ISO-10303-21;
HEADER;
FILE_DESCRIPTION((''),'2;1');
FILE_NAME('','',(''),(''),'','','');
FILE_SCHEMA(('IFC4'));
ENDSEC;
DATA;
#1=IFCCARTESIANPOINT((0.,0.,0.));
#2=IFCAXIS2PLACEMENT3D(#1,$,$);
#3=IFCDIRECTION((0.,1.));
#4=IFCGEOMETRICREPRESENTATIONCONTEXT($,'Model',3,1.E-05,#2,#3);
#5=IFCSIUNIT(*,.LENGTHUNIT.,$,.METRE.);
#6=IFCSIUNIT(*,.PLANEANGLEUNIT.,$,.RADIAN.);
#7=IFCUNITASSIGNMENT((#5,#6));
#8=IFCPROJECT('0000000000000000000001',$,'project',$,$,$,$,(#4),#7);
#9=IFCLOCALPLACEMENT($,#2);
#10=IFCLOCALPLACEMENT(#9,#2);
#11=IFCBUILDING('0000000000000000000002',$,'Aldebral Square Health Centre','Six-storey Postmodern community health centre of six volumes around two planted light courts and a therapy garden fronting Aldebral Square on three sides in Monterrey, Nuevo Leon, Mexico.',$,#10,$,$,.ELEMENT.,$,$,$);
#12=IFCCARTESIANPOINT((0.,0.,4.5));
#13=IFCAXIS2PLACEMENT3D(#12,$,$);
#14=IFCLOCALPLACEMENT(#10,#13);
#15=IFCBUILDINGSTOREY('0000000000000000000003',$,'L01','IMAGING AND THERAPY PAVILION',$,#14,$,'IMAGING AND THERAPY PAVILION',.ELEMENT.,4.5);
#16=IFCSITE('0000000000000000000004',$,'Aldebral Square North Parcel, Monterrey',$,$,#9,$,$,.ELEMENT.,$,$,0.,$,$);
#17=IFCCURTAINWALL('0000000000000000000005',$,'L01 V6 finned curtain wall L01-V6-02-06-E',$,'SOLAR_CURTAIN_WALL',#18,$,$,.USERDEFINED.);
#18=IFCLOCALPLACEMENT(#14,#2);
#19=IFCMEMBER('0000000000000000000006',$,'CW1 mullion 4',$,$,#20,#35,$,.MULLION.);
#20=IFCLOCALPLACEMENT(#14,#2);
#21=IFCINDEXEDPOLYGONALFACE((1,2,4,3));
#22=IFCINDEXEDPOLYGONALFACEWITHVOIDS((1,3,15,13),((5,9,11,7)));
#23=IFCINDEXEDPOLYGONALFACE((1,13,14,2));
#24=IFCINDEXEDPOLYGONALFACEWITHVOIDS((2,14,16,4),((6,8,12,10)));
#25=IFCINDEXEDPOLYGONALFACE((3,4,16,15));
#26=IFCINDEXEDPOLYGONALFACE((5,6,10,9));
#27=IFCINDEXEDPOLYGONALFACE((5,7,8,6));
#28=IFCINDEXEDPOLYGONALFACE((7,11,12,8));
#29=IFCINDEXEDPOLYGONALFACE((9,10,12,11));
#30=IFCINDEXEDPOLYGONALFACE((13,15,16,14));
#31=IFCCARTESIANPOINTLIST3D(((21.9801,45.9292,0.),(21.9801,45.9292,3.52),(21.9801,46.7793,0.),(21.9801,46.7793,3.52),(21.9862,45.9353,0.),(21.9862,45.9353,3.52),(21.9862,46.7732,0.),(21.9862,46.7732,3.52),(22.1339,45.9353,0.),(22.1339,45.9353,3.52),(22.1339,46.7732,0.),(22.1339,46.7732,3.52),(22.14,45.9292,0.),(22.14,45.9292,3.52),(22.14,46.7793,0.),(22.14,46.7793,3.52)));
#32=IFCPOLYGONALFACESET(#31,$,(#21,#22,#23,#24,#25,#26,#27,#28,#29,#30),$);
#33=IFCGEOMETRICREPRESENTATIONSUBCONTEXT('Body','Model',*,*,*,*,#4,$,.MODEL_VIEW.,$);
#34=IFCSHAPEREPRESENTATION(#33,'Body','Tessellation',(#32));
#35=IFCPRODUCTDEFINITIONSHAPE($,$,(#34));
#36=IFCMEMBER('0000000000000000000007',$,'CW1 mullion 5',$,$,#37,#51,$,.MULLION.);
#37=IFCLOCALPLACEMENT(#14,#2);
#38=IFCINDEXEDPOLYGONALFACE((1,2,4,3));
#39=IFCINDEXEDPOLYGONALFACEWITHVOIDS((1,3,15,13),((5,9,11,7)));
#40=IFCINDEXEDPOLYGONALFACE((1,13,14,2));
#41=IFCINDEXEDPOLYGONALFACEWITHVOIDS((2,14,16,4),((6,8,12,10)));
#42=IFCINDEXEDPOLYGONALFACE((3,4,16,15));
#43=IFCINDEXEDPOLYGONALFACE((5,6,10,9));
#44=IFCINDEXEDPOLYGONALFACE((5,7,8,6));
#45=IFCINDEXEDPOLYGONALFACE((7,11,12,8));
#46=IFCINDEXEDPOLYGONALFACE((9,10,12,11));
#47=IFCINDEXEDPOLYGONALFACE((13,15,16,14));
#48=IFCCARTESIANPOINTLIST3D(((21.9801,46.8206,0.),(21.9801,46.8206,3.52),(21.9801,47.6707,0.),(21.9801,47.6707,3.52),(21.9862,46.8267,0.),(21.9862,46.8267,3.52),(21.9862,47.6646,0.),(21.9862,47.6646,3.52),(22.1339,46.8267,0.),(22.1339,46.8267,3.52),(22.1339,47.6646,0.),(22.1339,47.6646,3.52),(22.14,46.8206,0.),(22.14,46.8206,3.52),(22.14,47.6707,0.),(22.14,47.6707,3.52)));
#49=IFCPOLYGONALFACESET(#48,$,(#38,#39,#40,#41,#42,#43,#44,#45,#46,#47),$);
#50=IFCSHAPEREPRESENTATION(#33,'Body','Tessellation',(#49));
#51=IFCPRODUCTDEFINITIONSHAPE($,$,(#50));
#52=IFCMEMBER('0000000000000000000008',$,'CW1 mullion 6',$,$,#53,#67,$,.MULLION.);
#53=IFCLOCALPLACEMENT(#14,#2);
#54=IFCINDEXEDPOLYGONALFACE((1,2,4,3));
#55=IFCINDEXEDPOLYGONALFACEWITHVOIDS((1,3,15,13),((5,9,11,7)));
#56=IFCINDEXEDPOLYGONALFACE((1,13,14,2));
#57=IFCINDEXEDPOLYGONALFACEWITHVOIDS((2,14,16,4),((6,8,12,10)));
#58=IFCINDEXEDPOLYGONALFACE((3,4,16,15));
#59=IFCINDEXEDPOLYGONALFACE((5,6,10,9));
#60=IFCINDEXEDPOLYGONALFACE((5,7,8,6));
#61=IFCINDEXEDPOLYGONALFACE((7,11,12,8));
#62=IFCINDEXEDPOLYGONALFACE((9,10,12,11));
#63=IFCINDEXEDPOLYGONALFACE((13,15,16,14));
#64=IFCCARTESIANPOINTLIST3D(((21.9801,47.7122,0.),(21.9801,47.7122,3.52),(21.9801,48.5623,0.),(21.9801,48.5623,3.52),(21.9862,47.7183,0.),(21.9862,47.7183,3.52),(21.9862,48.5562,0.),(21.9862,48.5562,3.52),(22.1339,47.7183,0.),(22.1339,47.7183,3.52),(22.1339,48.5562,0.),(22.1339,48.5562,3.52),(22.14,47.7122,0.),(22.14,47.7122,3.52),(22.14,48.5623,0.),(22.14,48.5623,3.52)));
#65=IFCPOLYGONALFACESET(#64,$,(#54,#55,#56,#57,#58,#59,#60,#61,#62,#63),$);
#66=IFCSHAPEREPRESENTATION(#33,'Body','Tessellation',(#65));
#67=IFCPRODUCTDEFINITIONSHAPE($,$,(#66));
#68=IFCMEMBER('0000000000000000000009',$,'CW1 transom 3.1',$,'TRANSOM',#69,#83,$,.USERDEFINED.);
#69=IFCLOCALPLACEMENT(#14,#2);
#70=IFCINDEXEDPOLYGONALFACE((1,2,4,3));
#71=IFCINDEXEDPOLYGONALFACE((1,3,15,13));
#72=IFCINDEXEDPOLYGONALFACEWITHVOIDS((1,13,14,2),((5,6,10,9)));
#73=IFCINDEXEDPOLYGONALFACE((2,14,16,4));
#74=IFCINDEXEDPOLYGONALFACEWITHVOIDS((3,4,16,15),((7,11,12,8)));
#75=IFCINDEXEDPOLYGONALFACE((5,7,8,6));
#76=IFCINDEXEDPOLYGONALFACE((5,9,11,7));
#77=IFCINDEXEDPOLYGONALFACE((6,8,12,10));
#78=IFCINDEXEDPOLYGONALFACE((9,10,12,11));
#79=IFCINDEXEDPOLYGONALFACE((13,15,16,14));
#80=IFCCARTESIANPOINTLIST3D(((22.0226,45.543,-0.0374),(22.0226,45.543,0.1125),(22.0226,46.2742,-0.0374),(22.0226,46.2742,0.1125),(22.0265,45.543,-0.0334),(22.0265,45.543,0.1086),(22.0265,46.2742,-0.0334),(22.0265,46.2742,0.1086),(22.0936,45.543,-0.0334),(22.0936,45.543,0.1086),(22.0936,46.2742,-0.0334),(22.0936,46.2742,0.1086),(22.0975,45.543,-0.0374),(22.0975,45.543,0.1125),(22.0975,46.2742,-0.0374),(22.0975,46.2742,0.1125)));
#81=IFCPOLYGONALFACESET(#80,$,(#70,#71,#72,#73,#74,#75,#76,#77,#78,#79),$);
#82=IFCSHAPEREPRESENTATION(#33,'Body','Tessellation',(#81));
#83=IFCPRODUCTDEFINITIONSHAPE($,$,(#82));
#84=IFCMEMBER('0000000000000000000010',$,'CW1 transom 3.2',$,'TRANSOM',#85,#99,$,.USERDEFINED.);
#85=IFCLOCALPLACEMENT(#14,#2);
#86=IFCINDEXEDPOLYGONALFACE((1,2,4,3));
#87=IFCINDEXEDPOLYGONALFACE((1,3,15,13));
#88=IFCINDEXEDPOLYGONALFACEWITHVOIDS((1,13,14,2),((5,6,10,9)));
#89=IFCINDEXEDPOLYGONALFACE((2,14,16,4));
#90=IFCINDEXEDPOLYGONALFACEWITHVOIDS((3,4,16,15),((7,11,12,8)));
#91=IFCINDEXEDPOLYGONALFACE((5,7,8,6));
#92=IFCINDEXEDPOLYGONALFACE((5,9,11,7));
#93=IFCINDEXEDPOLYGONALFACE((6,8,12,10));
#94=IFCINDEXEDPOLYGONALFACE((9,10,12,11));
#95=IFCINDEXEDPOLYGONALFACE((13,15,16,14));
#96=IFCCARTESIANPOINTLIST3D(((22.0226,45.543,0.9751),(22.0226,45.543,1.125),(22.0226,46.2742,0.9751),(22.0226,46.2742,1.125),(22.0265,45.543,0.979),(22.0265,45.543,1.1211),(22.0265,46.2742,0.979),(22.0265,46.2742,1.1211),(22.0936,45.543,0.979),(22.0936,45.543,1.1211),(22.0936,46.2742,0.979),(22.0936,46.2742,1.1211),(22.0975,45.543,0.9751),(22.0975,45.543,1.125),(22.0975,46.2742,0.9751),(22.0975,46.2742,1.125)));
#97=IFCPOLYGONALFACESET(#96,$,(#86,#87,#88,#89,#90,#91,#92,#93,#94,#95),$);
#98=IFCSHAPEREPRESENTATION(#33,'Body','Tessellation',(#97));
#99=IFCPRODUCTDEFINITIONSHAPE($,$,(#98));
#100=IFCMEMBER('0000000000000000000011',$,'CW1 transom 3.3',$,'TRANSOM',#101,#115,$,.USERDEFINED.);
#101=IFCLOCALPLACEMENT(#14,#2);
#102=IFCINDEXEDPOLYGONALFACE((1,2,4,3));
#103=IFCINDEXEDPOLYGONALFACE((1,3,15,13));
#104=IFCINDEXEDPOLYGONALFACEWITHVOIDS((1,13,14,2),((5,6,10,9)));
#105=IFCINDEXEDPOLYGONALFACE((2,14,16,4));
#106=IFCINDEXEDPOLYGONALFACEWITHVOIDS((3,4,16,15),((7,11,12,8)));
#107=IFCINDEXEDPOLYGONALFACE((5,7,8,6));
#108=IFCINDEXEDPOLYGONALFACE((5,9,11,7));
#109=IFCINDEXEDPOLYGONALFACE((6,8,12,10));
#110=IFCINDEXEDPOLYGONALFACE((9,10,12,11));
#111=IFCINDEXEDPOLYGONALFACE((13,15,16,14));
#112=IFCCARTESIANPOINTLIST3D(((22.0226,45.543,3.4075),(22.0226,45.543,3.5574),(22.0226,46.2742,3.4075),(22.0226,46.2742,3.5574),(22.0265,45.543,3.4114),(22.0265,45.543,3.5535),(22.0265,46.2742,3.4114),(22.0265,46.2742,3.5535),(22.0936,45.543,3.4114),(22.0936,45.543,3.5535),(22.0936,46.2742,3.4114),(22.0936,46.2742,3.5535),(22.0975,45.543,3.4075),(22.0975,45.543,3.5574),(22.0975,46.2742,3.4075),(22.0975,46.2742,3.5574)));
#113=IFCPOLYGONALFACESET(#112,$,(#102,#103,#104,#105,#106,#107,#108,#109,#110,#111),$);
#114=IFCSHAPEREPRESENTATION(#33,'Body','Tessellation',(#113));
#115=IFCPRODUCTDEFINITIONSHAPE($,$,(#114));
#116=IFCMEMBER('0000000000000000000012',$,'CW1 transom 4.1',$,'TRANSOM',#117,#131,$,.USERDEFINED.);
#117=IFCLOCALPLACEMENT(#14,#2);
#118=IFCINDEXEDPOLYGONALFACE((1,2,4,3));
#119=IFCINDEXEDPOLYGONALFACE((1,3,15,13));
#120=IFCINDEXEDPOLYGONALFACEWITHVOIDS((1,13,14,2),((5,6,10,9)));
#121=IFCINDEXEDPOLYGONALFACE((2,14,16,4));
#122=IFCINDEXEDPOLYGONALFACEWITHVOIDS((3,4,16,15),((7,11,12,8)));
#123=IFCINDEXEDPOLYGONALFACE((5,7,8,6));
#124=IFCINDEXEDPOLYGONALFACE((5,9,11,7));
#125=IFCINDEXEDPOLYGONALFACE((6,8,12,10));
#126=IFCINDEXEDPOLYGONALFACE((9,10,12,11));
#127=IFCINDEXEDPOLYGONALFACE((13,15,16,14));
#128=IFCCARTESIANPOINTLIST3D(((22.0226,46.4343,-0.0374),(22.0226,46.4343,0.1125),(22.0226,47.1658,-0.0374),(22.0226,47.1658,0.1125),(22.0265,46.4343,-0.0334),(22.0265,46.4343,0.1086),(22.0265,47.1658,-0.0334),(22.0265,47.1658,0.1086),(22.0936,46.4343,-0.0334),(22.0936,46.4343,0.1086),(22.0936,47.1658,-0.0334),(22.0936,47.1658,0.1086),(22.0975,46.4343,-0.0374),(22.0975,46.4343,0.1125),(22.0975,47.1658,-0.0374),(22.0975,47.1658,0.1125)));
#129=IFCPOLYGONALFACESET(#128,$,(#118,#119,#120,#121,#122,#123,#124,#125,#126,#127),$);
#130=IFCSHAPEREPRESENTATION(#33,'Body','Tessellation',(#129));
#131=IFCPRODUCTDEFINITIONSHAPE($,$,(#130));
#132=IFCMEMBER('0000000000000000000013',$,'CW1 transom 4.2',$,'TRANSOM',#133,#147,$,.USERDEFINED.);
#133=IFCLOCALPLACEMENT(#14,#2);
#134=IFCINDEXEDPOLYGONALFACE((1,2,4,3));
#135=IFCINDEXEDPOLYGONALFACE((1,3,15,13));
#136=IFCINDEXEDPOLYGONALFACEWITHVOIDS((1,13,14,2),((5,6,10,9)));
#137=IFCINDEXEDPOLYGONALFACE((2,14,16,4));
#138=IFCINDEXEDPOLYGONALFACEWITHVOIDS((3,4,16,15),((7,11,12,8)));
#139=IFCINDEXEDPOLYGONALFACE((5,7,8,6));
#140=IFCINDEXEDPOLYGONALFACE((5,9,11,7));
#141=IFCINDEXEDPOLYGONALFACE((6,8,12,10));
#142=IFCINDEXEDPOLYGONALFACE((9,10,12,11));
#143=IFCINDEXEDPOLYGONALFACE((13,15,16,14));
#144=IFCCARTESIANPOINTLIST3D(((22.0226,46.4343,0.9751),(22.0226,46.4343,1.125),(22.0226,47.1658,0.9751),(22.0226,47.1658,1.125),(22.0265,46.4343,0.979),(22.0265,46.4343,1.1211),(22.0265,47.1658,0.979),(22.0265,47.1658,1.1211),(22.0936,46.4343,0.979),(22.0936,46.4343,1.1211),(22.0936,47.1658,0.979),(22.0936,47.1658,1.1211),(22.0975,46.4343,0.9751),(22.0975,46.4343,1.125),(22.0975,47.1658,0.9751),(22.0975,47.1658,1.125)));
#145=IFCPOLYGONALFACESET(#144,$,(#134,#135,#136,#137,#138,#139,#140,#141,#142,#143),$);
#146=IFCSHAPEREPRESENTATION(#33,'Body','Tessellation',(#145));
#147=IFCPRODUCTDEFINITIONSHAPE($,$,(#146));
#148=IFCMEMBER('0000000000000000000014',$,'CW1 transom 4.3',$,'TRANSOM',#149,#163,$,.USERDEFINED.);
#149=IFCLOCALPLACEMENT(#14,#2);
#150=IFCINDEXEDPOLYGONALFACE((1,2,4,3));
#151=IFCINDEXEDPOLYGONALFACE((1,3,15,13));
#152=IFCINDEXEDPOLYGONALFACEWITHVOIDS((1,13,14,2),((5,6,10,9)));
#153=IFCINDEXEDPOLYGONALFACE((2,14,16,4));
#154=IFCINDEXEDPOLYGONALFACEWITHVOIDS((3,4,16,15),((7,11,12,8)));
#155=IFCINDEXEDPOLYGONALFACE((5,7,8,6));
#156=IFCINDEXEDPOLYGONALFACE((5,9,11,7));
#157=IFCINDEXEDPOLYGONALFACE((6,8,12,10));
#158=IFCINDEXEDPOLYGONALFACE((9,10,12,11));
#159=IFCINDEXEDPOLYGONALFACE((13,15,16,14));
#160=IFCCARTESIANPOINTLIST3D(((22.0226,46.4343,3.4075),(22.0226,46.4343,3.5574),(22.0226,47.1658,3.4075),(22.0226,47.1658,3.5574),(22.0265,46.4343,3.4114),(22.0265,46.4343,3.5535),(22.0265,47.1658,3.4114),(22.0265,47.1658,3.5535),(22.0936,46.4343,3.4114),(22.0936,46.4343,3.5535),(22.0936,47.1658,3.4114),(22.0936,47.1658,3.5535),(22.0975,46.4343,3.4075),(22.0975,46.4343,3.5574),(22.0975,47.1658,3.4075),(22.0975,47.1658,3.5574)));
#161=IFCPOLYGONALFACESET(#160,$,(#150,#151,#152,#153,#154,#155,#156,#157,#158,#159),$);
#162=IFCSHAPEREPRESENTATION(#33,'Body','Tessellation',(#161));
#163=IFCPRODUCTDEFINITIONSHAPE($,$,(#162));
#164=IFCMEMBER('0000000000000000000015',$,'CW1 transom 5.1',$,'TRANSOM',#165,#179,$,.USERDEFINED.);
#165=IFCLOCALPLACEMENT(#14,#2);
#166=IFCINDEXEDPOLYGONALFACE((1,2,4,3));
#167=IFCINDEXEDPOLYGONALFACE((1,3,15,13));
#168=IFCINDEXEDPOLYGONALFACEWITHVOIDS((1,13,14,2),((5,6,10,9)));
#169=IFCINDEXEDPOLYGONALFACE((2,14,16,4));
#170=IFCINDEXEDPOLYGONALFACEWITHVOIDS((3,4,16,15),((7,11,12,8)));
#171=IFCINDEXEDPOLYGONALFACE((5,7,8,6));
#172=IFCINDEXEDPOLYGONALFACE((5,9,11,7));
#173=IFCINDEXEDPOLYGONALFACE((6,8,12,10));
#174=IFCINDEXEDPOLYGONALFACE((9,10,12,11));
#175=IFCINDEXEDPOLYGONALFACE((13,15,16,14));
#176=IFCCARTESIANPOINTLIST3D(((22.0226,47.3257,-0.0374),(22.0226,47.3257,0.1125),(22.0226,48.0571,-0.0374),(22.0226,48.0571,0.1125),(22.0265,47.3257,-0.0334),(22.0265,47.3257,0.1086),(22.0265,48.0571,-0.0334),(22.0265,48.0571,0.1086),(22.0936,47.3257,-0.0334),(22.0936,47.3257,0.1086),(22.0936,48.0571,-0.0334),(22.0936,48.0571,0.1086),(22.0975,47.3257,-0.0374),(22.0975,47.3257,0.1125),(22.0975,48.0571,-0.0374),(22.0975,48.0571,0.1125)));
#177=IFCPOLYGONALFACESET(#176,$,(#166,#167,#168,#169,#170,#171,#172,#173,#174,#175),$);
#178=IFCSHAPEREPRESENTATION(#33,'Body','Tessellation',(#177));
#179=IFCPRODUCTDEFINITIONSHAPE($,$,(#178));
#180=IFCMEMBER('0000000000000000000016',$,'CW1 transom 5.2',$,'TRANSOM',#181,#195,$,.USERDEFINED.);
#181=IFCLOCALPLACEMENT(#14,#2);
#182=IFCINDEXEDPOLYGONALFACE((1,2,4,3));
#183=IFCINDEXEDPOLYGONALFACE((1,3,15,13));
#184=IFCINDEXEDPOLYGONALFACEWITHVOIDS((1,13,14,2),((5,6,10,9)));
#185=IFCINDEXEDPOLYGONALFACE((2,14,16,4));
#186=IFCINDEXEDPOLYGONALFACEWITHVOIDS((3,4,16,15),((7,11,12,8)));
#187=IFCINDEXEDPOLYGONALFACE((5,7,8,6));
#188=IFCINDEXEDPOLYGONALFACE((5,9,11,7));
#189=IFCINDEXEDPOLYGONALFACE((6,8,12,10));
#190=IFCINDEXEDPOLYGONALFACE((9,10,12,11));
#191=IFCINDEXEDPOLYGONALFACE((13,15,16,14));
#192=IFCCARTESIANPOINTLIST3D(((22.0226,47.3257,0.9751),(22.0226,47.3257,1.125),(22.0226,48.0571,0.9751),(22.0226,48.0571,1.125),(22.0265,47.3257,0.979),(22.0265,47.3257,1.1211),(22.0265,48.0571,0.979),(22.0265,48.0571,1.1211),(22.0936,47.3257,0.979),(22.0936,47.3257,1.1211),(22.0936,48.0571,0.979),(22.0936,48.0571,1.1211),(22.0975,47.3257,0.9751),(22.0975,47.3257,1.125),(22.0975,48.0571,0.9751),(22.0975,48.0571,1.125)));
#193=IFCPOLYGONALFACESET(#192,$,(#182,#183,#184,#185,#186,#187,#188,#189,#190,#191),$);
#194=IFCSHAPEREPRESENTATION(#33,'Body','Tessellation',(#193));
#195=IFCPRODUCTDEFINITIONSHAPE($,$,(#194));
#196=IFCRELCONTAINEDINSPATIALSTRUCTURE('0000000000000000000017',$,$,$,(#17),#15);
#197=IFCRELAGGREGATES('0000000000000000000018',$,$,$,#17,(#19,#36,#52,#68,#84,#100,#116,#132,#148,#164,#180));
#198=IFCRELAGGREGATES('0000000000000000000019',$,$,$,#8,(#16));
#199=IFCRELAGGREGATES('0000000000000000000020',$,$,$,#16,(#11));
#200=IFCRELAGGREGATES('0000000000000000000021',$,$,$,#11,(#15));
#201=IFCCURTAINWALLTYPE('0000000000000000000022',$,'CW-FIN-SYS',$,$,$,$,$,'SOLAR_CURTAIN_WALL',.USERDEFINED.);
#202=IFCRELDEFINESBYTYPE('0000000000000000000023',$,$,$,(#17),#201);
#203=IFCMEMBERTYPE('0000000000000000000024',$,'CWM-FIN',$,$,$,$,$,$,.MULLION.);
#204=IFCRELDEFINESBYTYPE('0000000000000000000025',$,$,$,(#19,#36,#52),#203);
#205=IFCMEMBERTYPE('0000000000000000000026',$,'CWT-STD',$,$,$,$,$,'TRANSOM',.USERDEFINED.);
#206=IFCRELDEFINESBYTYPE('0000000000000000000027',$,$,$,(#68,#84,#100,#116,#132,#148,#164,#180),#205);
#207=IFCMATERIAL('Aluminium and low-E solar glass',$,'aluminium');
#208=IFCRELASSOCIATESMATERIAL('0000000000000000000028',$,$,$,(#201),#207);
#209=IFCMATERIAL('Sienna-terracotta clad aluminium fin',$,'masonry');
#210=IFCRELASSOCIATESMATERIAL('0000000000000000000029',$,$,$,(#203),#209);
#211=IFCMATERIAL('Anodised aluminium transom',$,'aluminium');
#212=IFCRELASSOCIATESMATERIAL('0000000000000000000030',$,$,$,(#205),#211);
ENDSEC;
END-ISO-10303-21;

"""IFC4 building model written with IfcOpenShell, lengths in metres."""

from ifc_helpers import new_model, si_unit, direction, frame, origin, origin_2d, place, context, subcontext, project, spatial, hollow_rectangle, extrude, material, material_profile, profile_set, type_object, element, aggregate, save


model = new_model("IFC4")

# Units and contexts
model_context = context("Model", 3, precision=1e-05, world=origin(), true_north=direction((0.0, 1.0)))
body_context = subcontext(model_context, "Body", "Model", "MODEL_VIEW")
ifc_project = project(units=[si_unit("LENGTHUNIT", "METRE"), si_unit("PLANEANGLEUNIT", "RADIAN")], contexts=[model_context])

# Site, building, storey
site_placement = place(None, origin())
site = spatial("IfcSite", under=ifc_project, at=site_placement, Name="Aldebral Square North Parcel, Monterrey", CompositionType="ELEMENT", RefElevation=0.0)
building_placement = place(site_placement, origin())
building = spatial("IfcBuilding", under=site, at=building_placement, Name="Aldebral Square Health Centre", Description="Six-storey Postmodern community health centre of six volumes around two planted light courts and a therapy garden fronting Aldebral Square on three sides in Monterrey, Nuevo Leon, Mexico.", CompositionType="ELEMENT")
storey_placement = place(building_placement, frame((0.0, 0.0, 4.5)))
storey = spatial("IfcBuildingStorey", under=building, at=storey_placement, Name="L01", Description="IMAGING AND THERAPY PAVILION", LongName="IMAGING AND THERAPY PAVILION", CompositionType="ELEMENT", Elevation=4.5)

# Curtain wall, members
ifc_material_1 = material(Name="Aluminium and low-E solar glass", Category="aluminium")
curtain_wall_type = type_object("IfcCurtainWallType", Name="CW-FIN-SYS", ElementType="SOLAR_CURTAIN_WALL", PredefinedType="USERDEFINED", material=ifc_material_1)
curtain_wall_placement = place(storey_placement, origin())
curtain_wall = element("IfcCurtainWall", 1, at=curtain_wall_placement, inside=storey, type_object=curtain_wall_type, Name="L01 V6 finned curtain wall L01-V6-02-06-E", ObjectType="SOLAR_CURTAIN_WALL", PredefinedType="USERDEFINED")
ifc_material_2 = material(Name="Sienna-terracotta clad aluminium fin", Category="masonry")
ifc_material_profile_1 = material_profile(ifc_material_2, hollow_rectangle(XDim=0.1599, YDim=0.8501, WallThickness=0.0061, at=origin_2d()), Name="FIN 160x850x6")
ifc_profile_set_1 = profile_set([ifc_material_profile_1], Name="Sienna-terracotta clad aluminium fin")
member_type_1 = type_object("IfcMemberType", Name="CWM-FIN", PredefinedType="MULLION", material=ifc_profile_set_1)
member_1_placement = place(storey_placement, frame((22.0601, 46.3542, 0.0), z_axis=(0.0, 0.0, 1.0), x_axis=(-1.0, 0.0, 0.0)))
member_1 = element("IfcMember", 2, at=member_1_placement, type_object=member_type_1, Name="CW1 mullion 4", PredefinedType="MULLION", context=body_context, shape_type="SweptSolid", body=[
    extrude(hollow_rectangle(XDim=0.1599, YDim=0.8501, WallThickness=0.0061, at=origin_2d()), origin(), (0.0, 0.0, 1.0), 3.52),
])
member_2_placement = place(storey_placement, frame((22.0601, 47.2456, 0.0), z_axis=(0.0, 0.0, 1.0), x_axis=(-1.0, 0.0, 0.0)))
member_2 = element("IfcMember", 3, at=member_2_placement, type_object=member_type_1, Name="CW1 mullion 5", PredefinedType="MULLION", context=body_context, shape_type="SweptSolid", body=[
    extrude(hollow_rectangle(XDim=0.1599, YDim=0.8501, WallThickness=0.0061, at=origin_2d()), origin(), (0.0, 0.0, 1.0), 3.52),
])
member_3_placement = place(storey_placement, frame((22.0601, 48.1372, 0.0), z_axis=(0.0, 0.0, 1.0), x_axis=(-1.0, 0.0, 0.0)))
member_3 = element("IfcMember", 4, at=member_3_placement, type_object=member_type_1, Name="CW1 mullion 6", PredefinedType="MULLION", context=body_context, shape_type="SweptSolid", body=[
    extrude(hollow_rectangle(XDim=0.1599, YDim=0.8501, WallThickness=0.0061, at=origin_2d()), origin(), (0.0, 0.0, 1.0), 3.52),
])
ifc_material_3 = material(Name="Anodised aluminium transom", Category="aluminium")
ifc_material_profile_2 = material_profile(ifc_material_3, hollow_rectangle(XDim=0.075, YDim=0.1499, WallThickness=0.0039, at=origin_2d()), Name="CWT 75x150x4")
ifc_profile_set_2 = profile_set([ifc_material_profile_2], Name="Anodised aluminium transom")
member_type_2 = type_object("IfcMemberType", Name="CWT-STD", ElementType="TRANSOM", PredefinedType="USERDEFINED", material=ifc_profile_set_2)
member_4_placement = place(storey_placement, frame((22.0601, 45.543, 0.0376), z_axis=(0.0, 1.0, 0.0), x_axis=(-1.0, 0.0, 0.0)))
member_4 = element("IfcMember", 5, at=member_4_placement, type_object=member_type_2, Name="CW1 transom 3.1", ObjectType="TRANSOM", PredefinedType="USERDEFINED", context=body_context, shape_type="SweptSolid", body=[
    extrude(hollow_rectangle(XDim=0.075, YDim=0.1499, WallThickness=0.0039, at=origin_2d()), origin(), (0.0, 0.0, 1.0), 0.7312),
])
member_5_placement = place(storey_placement, frame((22.0601, 45.543, 1.05), z_axis=(0.0, 1.0, 0.0), x_axis=(-1.0, 0.0, 0.0)))
member_5 = element("IfcMember", 6, at=member_5_placement, type_object=member_type_2, Name="CW1 transom 3.2", ObjectType="TRANSOM", PredefinedType="USERDEFINED", context=body_context, shape_type="SweptSolid", body=[
    extrude(hollow_rectangle(XDim=0.075, YDim=0.1499, WallThickness=0.0039, at=origin_2d()), origin(), (0.0, 0.0, 1.0), 0.7312),
])
member_6_placement = place(storey_placement, frame((22.0601, 45.543, 3.4824), z_axis=(0.0, 1.0, 0.0), x_axis=(-1.0, 0.0, 0.0)))
member_6 = element("IfcMember", 7, at=member_6_placement, type_object=member_type_2, Name="CW1 transom 3.3", ObjectType="TRANSOM", PredefinedType="USERDEFINED", context=body_context, shape_type="SweptSolid", body=[
    extrude(hollow_rectangle(XDim=0.075, YDim=0.1499, WallThickness=0.0039, at=origin_2d()), origin(), (0.0, 0.0, 1.0), 0.7312),
])
member_7_placement = place(storey_placement, frame((22.0601, 46.4343, 0.0376), z_axis=(0.0, 1.0, 0.0), x_axis=(-1.0, 0.0, 0.0)))
member_7 = element("IfcMember", 8, at=member_7_placement, type_object=member_type_2, Name="CW1 transom 4.1", ObjectType="TRANSOM", PredefinedType="USERDEFINED", context=body_context, shape_type="SweptSolid", body=[
    extrude(hollow_rectangle(XDim=0.075, YDim=0.1499, WallThickness=0.0039, at=origin_2d()), origin(), (0.0, 0.0, 1.0), 0.7314),
])
member_8_placement = place(storey_placement, frame((22.0601, 46.4343, 1.05), z_axis=(0.0, 1.0, 0.0), x_axis=(-1.0, 0.0, 0.0)))
member_8 = element("IfcMember", 9, at=member_8_placement, type_object=member_type_2, Name="CW1 transom 4.2", ObjectType="TRANSOM", PredefinedType="USERDEFINED", context=body_context, shape_type="SweptSolid", body=[
    extrude(hollow_rectangle(XDim=0.075, YDim=0.1499, WallThickness=0.0039, at=origin_2d()), origin(), (0.0, 0.0, 1.0), 0.7314),
])
member_9_placement = place(storey_placement, frame((22.0601, 46.4343, 3.4824), z_axis=(0.0, 1.0, 0.0), x_axis=(-1.0, 0.0, 0.0)))
member_9 = element("IfcMember", 10, at=member_9_placement, type_object=member_type_2, Name="CW1 transom 4.3", ObjectType="TRANSOM", PredefinedType="USERDEFINED", context=body_context, shape_type="SweptSolid", body=[
    extrude(hollow_rectangle(XDim=0.075, YDim=0.1499, WallThickness=0.0039, at=origin_2d()), origin(), (0.0, 0.0, 1.0), 0.7314),
])
member_10_placement = place(storey_placement, frame((22.0601, 47.3257, 0.0376), z_axis=(0.0, 1.0, 0.0), x_axis=(-1.0, 0.0, 0.0)))
member_10 = element("IfcMember", 11, at=member_10_placement, type_object=member_type_2, Name="CW1 transom 5.1", ObjectType="TRANSOM", PredefinedType="USERDEFINED", context=body_context, shape_type="SweptSolid", body=[
    extrude(hollow_rectangle(XDim=0.075, YDim=0.1499, WallThickness=0.0039, at=origin_2d()), origin(), (0.0, 0.0, 1.0), 0.7314),
])
member_11_placement = place(storey_placement, frame((22.0601, 47.3257, 1.05), z_axis=(0.0, 1.0, 0.0), x_axis=(-1.0, 0.0, 0.0)))
member_11 = element("IfcMember", 12, at=member_11_placement, type_object=member_type_2, Name="CW1 transom 5.2", ObjectType="TRANSOM", PredefinedType="USERDEFINED", context=body_context, shape_type="SweptSolid", body=[
    extrude(hollow_rectangle(XDim=0.075, YDim=0.1499, WallThickness=0.0039, at=origin_2d()), origin(), (0.0, 0.0, 1.0), 0.7314),
])
aggregate(curtain_wall, [member_1, member_2, member_3, member_4, member_5, member_6, member_7, member_8, member_9, member_10, member_11])

save(model, "model.ifc")
